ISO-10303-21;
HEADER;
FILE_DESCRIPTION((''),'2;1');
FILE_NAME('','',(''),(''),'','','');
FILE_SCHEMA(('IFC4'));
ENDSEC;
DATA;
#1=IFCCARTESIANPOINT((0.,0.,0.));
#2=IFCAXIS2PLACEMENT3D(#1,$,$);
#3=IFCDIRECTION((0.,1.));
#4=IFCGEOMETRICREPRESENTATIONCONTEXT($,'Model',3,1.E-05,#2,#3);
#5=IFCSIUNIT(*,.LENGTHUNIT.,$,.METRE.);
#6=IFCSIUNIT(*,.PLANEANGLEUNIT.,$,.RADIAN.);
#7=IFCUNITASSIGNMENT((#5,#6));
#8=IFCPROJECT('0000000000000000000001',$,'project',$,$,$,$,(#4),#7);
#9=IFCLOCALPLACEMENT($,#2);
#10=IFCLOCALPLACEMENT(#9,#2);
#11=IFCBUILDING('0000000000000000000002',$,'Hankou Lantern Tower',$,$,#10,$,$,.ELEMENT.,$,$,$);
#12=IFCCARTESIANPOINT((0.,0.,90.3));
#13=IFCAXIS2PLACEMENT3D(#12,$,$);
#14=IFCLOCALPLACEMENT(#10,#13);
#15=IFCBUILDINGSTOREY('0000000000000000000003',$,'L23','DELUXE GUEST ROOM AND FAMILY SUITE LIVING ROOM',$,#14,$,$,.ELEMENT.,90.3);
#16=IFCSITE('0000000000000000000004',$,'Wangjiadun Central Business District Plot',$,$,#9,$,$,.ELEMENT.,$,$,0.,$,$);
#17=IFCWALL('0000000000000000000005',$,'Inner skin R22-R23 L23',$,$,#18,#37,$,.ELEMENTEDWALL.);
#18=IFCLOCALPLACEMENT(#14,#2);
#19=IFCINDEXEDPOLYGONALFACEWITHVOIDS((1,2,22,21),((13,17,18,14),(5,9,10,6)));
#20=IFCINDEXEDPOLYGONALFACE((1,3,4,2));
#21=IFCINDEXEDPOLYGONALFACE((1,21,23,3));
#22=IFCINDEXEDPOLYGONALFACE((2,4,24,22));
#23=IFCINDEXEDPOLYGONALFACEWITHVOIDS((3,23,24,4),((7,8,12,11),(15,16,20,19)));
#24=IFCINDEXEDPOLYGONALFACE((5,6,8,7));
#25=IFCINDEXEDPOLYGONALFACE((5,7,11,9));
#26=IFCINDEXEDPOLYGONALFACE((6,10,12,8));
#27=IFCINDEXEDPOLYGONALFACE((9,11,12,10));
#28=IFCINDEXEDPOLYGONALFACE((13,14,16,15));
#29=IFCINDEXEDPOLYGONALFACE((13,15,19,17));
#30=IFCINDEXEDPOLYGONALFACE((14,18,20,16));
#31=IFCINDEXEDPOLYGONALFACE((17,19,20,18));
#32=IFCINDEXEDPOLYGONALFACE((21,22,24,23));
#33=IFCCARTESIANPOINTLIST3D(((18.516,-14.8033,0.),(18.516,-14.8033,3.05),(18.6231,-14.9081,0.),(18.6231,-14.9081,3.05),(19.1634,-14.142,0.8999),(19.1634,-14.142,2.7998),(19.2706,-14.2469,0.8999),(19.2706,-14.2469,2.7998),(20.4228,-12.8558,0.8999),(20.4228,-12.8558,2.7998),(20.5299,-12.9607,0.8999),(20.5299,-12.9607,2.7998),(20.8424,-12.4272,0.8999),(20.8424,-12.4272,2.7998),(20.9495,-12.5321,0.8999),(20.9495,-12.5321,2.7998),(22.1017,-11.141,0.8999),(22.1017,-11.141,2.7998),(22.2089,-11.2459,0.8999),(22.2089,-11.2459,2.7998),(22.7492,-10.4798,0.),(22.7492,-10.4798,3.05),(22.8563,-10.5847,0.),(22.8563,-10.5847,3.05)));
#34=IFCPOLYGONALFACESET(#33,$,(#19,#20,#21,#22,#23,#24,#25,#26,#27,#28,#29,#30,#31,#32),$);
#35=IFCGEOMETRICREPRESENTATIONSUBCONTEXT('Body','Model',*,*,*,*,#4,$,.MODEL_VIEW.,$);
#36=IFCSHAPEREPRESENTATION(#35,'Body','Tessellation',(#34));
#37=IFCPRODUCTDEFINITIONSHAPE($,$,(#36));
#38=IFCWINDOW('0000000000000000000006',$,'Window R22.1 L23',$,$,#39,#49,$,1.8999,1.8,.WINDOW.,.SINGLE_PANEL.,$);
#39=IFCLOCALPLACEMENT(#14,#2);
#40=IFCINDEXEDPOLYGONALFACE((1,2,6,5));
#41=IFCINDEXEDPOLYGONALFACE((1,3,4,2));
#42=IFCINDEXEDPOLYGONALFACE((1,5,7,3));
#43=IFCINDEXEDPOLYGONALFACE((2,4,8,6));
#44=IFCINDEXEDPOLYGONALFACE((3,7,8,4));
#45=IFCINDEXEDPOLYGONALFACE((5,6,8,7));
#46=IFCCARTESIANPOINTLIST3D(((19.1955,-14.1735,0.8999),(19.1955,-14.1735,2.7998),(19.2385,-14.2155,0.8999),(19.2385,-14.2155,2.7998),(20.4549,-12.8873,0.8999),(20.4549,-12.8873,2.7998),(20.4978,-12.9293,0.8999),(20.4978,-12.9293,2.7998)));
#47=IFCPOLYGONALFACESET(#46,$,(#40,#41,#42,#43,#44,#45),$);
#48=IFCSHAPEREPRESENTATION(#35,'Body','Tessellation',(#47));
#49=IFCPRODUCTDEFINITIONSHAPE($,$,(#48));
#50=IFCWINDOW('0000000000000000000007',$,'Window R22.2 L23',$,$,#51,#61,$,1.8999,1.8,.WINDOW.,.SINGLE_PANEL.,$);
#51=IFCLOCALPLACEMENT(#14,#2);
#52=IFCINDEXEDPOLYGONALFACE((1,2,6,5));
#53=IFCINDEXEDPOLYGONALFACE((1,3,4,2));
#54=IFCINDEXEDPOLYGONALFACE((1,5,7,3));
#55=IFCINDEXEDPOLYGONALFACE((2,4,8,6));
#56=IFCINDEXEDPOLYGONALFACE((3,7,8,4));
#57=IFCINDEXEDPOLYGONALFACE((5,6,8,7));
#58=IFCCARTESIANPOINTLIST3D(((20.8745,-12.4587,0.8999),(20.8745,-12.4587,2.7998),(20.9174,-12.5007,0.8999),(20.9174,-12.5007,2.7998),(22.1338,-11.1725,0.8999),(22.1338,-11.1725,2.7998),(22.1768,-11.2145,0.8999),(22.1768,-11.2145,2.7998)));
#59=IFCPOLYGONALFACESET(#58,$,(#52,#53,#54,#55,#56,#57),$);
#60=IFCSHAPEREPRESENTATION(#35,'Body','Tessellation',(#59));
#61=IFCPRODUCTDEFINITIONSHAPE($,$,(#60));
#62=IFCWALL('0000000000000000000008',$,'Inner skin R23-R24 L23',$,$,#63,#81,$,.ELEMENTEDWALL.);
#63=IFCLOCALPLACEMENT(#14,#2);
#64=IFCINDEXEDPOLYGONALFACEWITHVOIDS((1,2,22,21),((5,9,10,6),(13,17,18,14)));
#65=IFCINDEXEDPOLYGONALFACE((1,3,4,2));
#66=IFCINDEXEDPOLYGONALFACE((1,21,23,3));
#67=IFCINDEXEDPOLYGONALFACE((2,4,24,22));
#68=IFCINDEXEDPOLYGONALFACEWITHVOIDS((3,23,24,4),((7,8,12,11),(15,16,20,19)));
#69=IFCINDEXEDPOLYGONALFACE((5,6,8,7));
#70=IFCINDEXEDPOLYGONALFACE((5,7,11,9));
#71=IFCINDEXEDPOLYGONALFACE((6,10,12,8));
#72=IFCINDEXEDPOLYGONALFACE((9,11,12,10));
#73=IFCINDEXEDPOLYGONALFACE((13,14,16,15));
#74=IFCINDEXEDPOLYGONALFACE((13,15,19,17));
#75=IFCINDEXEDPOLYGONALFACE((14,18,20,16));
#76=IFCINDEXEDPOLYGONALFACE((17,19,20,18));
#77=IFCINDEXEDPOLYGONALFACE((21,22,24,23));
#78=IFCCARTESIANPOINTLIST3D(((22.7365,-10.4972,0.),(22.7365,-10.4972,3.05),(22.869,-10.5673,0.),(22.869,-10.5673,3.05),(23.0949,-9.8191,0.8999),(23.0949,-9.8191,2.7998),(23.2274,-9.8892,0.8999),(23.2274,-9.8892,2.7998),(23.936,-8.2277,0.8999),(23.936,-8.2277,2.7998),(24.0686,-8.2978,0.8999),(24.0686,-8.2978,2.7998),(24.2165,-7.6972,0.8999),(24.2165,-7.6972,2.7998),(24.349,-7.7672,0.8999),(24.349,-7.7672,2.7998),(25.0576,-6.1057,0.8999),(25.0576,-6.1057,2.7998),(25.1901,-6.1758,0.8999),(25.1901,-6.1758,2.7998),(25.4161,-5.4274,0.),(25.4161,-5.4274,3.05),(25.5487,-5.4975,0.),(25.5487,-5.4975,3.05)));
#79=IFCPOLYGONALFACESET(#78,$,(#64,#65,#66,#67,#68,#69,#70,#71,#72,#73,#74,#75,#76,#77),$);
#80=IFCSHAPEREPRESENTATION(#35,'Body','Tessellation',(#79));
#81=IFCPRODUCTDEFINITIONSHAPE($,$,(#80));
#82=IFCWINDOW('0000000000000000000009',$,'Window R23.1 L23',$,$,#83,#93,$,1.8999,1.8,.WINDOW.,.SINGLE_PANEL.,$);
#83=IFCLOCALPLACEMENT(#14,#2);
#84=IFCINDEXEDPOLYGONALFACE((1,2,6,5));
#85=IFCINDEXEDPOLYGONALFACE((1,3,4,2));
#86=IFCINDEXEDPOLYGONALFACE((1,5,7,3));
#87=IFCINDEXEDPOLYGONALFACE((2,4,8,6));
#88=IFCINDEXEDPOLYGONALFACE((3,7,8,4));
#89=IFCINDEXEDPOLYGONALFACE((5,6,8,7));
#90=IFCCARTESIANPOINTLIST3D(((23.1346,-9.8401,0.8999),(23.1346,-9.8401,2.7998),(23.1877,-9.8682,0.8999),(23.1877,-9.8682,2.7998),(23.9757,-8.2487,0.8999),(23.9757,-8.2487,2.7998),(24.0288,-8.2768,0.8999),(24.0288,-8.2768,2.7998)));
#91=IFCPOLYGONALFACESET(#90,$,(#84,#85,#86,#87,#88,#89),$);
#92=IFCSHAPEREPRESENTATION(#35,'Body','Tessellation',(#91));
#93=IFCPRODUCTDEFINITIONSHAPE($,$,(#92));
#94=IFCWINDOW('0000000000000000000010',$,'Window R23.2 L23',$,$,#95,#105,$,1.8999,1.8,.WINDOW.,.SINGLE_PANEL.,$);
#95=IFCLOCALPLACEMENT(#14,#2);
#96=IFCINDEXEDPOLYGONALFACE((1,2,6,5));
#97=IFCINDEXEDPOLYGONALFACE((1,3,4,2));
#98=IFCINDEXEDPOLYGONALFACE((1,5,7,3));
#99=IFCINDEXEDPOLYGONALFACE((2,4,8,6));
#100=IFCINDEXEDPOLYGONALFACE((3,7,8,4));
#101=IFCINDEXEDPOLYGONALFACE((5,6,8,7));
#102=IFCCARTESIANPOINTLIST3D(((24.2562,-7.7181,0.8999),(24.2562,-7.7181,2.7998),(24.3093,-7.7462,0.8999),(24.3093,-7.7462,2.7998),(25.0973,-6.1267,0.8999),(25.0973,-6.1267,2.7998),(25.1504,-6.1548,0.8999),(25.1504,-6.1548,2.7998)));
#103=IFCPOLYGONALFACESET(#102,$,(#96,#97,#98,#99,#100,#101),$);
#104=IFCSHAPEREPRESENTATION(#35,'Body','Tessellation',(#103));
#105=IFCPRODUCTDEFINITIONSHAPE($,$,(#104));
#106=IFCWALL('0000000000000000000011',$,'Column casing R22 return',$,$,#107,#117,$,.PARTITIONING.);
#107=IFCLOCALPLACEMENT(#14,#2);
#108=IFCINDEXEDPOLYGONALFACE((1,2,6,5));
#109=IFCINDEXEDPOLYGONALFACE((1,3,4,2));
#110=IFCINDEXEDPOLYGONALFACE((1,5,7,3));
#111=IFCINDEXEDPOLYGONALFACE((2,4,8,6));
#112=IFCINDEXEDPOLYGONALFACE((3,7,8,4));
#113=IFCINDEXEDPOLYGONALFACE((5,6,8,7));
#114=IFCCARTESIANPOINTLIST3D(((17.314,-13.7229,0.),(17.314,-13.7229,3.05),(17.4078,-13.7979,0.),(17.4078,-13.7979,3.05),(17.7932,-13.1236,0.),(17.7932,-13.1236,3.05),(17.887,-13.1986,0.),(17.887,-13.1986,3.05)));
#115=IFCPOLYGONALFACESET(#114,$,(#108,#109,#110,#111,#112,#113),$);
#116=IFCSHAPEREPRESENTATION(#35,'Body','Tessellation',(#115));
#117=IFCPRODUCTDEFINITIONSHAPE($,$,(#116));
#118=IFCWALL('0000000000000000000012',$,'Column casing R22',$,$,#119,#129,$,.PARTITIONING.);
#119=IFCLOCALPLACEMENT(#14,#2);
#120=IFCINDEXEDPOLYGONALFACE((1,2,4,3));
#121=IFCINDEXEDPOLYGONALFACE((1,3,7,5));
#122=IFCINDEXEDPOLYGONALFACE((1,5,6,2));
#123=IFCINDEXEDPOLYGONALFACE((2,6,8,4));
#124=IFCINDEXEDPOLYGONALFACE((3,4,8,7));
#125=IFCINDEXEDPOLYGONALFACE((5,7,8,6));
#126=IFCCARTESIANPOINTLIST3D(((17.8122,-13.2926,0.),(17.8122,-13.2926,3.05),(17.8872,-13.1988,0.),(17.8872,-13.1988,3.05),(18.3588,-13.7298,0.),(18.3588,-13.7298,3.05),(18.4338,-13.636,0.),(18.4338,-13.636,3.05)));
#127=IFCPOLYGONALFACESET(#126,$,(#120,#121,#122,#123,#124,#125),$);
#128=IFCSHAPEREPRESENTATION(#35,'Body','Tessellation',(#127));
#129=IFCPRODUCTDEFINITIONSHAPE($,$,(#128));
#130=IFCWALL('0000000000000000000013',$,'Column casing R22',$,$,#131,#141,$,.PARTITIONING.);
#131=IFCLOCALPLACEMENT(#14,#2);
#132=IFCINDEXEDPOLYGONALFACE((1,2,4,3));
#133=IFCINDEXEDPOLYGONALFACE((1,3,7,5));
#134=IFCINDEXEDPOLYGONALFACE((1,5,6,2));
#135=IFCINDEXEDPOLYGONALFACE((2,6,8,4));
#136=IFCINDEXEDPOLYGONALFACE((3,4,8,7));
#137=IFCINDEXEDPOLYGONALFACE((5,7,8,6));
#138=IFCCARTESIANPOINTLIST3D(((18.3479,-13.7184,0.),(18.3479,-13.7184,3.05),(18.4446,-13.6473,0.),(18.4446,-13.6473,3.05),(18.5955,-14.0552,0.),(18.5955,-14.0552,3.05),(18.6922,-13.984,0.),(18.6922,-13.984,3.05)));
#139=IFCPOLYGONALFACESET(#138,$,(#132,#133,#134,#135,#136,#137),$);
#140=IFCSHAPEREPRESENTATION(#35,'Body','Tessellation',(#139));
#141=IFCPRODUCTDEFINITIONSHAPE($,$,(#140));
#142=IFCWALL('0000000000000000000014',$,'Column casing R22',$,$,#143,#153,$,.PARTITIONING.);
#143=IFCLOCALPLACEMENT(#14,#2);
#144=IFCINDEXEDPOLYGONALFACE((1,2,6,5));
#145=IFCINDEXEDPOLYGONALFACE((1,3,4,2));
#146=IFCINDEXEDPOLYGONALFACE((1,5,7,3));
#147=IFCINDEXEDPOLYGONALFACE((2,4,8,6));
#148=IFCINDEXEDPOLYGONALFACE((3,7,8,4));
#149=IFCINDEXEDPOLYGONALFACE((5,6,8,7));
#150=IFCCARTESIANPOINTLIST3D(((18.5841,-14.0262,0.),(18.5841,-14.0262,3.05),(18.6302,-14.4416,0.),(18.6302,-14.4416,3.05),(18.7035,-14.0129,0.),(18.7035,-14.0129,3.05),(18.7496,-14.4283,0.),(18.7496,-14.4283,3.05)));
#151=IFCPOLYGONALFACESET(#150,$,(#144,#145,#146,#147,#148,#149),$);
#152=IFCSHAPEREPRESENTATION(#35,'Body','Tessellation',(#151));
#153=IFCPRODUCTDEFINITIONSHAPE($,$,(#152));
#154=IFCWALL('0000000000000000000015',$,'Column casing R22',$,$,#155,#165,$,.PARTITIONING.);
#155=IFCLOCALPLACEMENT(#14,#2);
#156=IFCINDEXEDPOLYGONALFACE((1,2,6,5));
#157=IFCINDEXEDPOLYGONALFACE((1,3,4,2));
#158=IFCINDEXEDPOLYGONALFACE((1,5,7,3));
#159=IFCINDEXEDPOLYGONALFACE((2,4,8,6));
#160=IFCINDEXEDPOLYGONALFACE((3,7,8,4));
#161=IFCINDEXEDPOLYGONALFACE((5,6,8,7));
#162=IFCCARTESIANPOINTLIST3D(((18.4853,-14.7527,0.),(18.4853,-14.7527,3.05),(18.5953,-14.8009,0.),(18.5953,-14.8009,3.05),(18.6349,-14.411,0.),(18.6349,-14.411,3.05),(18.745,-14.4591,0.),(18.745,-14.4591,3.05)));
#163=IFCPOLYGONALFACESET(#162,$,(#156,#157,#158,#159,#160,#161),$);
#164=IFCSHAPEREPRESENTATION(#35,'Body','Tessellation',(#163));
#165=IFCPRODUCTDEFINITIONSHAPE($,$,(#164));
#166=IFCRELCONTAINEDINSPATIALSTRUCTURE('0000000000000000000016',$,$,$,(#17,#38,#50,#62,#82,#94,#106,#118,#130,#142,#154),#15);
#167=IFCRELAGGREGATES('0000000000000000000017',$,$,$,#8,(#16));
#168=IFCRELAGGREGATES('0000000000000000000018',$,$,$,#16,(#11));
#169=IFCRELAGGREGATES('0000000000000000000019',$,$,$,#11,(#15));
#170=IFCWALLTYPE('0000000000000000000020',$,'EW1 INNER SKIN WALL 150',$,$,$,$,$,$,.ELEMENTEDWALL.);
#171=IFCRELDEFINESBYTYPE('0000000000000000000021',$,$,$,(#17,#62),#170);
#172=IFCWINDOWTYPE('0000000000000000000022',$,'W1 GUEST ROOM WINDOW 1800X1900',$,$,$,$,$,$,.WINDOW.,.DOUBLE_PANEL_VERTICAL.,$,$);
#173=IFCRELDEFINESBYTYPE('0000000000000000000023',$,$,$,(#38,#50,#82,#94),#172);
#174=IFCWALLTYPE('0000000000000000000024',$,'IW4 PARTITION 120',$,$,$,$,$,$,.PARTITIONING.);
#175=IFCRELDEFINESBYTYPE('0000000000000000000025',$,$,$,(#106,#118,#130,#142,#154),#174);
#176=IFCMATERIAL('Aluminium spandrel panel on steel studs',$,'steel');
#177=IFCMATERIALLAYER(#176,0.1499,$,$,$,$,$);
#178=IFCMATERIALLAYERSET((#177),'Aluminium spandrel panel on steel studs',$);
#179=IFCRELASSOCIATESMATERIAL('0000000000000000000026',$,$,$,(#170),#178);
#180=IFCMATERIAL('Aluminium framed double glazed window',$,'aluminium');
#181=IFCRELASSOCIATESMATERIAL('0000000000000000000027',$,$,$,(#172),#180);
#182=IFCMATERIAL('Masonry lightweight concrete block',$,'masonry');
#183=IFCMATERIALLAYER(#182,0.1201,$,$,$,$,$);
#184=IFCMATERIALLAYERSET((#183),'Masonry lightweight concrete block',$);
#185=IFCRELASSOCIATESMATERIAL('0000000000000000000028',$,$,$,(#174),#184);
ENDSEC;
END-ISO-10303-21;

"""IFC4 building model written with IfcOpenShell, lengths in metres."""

from ifc_helpers import new_model, si_unit, direction, frame, frame_2d, origin, place, context, subcontext, project, spatial, rectangle, extrude, material, layer, layer_set, type_object, element, fill, save


model = new_model("IFC4")

# Units and contexts
model_context = context("Model", 3, precision=1e-05, world=origin(), true_north=direction((0.0, 1.0)))
body_context = subcontext(model_context, "Body", "Model", "MODEL_VIEW")
ifc_project = project(units=[si_unit("LENGTHUNIT", "METRE"), si_unit("PLANEANGLEUNIT", "RADIAN")], contexts=[model_context])

# Site, building, storey
site_placement = place(None, origin())
site = spatial("IfcSite", under=ifc_project, at=site_placement, Name="Wangjiadun Central Business District Plot", CompositionType="ELEMENT", RefElevation=0.0)
building_placement = place(site_placement, origin())
building = spatial("IfcBuilding", under=site, at=building_placement, Name="Hankou Lantern Tower", CompositionType="ELEMENT")
storey_placement = place(building_placement, frame((0.0, 0.0, 90.3)))
storey = spatial("IfcBuildingStorey", under=building, at=storey_placement, Name="L23", Description="DELUXE GUEST ROOM AND FAMILY SUITE LIVING ROOM", CompositionType="ELEMENT", Elevation=90.3)

# Walls, openings, windows
ifc_material_1 = material(Name="Aluminium spandrel panel on steel studs", Category="steel")
ifc_layer_1 = layer(ifc_material_1, 0.1499)
ifc_layer_set_1 = layer_set([ifc_layer_1], Name="Aluminium spandrel panel on steel studs")
wall_type_1 = type_object("IfcWallType", Name="EW1 INNER SKIN WALL 150", PredefinedType="ELEMENTEDWALL", material=ifc_layer_set_1)
wall_1_placement = place(storey_placement, frame((18.5696, -14.8557, 0.0), z_axis=(0.0, 0.0, 1.0), x_axis=(0.699603, 0.714532, 0.0)))
wall_1 = element("IfcWall", 1, at=wall_1_placement, inside=storey, type_object=wall_type_1, Name="Inner skin R22-R23 L23", PredefinedType="ELEMENTEDWALL", context=body_context, shape_type="SweptSolid", body=[
    extrude(rectangle(XDim=6.0508, YDim=0.1499, at=frame_2d((3.0254, 0.0))), origin(), (0.0, 0.0, 1.0), 3.05),
])
opening_1_placement = place(wall_1_placement, frame((0.9255, 0.0, 0.8999)))
opening_1 = element("IfcOpeningElement", 2, at=opening_1_placement, cuts=wall_1, PredefinedType="OPENING", context=body_context, shape_type="SweptSolid", body=[
    extrude(rectangle(XDim=1.8, YDim=1.8999, at=frame_2d((0.8999, 0.95))), frame((0.0, 0.085, 0.0), z_axis=(0.0, -1.0, 0.0), x_axis=(1.0, 0.0, 0.0)), (0.0, 0.0, 1.0), 0.1699),
])
opening_2_placement = place(wall_1_placement, frame((3.3254, 0.0, 0.8999)))
opening_2 = element("IfcOpeningElement", 3, at=opening_2_placement, cuts=wall_1, PredefinedType="OPENING", context=body_context, shape_type="SweptSolid", body=[
    extrude(rectangle(XDim=1.8, YDim=1.8999, at=frame_2d((0.8999, 0.95))), frame((0.0, 0.085, 0.0), z_axis=(0.0, -1.0, 0.0), x_axis=(1.0, 0.0, 0.0)), (0.0, 0.0, 1.0), 0.1699),
])
ifc_material_2 = material(Name="Aluminium framed double glazed window", Category="aluminium")
window_type = type_object("IfcWindowType", Name="W1 GUEST ROOM WINDOW 1800X1900", PartitioningType="DOUBLE_PANEL_VERTICAL", PredefinedType="WINDOW", material=ifc_material_2)
window_1_placement = place(opening_1_placement, origin())
window_1 = element("IfcWindow", 4, at=window_1_placement, inside=storey, type_object=window_type, Name="Window R22.1 L23", OverallHeight=1.8999, OverallWidth=1.8, PartitioningType="SINGLE_PANEL", PredefinedType="WINDOW", context=body_context, shape_type="SweptSolid", body=[
    extrude(rectangle(XDim=1.8, YDim=1.8999, at=frame_2d((0.8999, 0.95))), frame((0.0, 0.03, 0.0), z_axis=(0.0, -1.0, 0.0), x_axis=(1.0, 0.0, 0.0)), (0.0, 0.0, 1.0), 0.0601),
])
fill(opening_1, window_1)
window_2_placement = place(opening_2_placement, origin())
window_2 = element("IfcWindow", 5, at=window_2_placement, inside=storey, type_object=window_type, Name="Window R22.2 L23", OverallHeight=1.8999, OverallWidth=1.8, PartitioningType="SINGLE_PANEL", PredefinedType="WINDOW", context=body_context, shape_type="SweptSolid", body=[
    extrude(rectangle(XDim=1.8, YDim=1.8999, at=frame_2d((0.8999, 0.95))), frame((0.0, 0.03, 0.0), z_axis=(0.0, -1.0, 0.0), x_axis=(1.0, 0.0, 0.0)), (0.0, 0.0, 1.0), 0.0601),
])
fill(opening_2, window_2)
wall_2_placement = place(storey_placement, frame((22.8027, -10.5322, 0.0), z_axis=(0.0, 0.0, 1.0), x_axis=(0.467297, 0.8841, 0.0)))
wall_2 = element("IfcWall", 6, at=wall_2_placement, inside=storey, type_object=wall_type_1, Name="Inner skin R23-R24 L23", PredefinedType="ELEMENTEDWALL", context=body_context, shape_type="SweptSolid", body=[
    extrude(rectangle(XDim=5.7344, YDim=0.1499, at=frame_2d((2.8672, 0.0))), origin(), (0.0, 0.0, 1.0), 3.05),
])
opening_3_placement = place(wall_2_placement, frame((0.7671, 0.0, 0.8999)))
opening_3 = element("IfcOpeningElement", 7, at=opening_3_placement, cuts=wall_2, PredefinedType="OPENING", context=body_context, shape_type="SweptSolid", body=[
    extrude(rectangle(XDim=1.8, YDim=1.8999, at=frame_2d((0.8999, 0.95))), frame((0.0, 0.085, 0.0), z_axis=(0.0, -1.0, 0.0), x_axis=(1.0, 0.0, 0.0)), (0.0, 0.0, 1.0), 0.1699),
])
opening_4_placement = place(wall_2_placement, frame((3.1672, 0.0, 0.8999)))
opening_4 = element("IfcOpeningElement", 8, at=opening_4_placement, cuts=wall_2, PredefinedType="OPENING", context=body_context, shape_type="SweptSolid", body=[
    extrude(rectangle(XDim=1.8, YDim=1.8999, at=frame_2d((0.8999, 0.95))), frame((0.0, 0.085, 0.0), z_axis=(0.0, -1.0, 0.0), x_axis=(1.0, 0.0, 0.0)), (0.0, 0.0, 1.0), 0.1699),
])
window_3_placement = place(opening_3_placement, origin())
window_3 = element("IfcWindow", 9, at=window_3_placement, inside=storey, type_object=window_type, Name="Window R23.1 L23", OverallHeight=1.8999, OverallWidth=1.8, PartitioningType="SINGLE_PANEL", PredefinedType="WINDOW", context=body_context, shape_type="SweptSolid", body=[
    extrude(rectangle(XDim=1.8, YDim=1.8999, at=frame_2d((0.8999, 0.95))), frame((0.0, 0.03, 0.0), z_axis=(0.0, -1.0, 0.0), x_axis=(1.0, 0.0, 0.0)), (0.0, 0.0, 1.0), 0.0601),
])
fill(opening_3, window_3)
window_4_placement = place(opening_4_placement, origin())
window_4 = element("IfcWindow", 10, at=window_4_placement, inside=storey, type_object=window_type, Name="Window R23.2 L23", OverallHeight=1.8999, OverallWidth=1.8, PartitioningType="SINGLE_PANEL", PredefinedType="WINDOW", context=body_context, shape_type="SweptSolid", body=[
    extrude(rectangle(XDim=1.8, YDim=1.8999, at=frame_2d((0.8999, 0.95))), frame((0.0, 0.03, 0.0), z_axis=(0.0, -1.0, 0.0), x_axis=(1.0, 0.0, 0.0)), (0.0, 0.0, 1.0), 0.0601),
])
fill(opening_4, window_4)

# Walls
ifc_material_3 = material(Name="Masonry lightweight concrete block", Category="masonry")
ifc_layer_2 = layer(ifc_material_3, 0.1201)
ifc_layer_set_2 = layer_set([ifc_layer_2], Name="Masonry lightweight concrete block")
wall_type_2 = type_object("IfcWallType", Name="IW4 PARTITION 120", PredefinedType="PARTITIONING", material=ifc_layer_set_2)
wall_3_placement = place(storey_placement, frame((17.3608, -13.7605, 0.0), z_axis=(0.0, 0.0, 1.0), x_axis=(0.624501, 0.781024, 0.0)))
element("IfcWall", 11, at=wall_3_placement, inside=storey, type_object=wall_type_2, Name="Column casing R22 return", PredefinedType="PARTITIONING", context=body_context, shape_type="SweptSolid", body=[
    extrude(rectangle(XDim=0.7673, YDim=0.1201, at=frame_2d((0.3838, 0.0))), origin(), (0.0, 0.0, 1.0), 3.05),
])
wall_4_placement = place(storey_placement, frame((17.8496, -13.2456, 0.0), z_axis=(0.0, 0.0, 1.0), x_axis=(0.780903, -0.624653, 0.0)))
element("IfcWall", 12, at=wall_4_placement, inside=storey, type_object=wall_type_2, Name="Column casing R22", PredefinedType="PARTITIONING", context=body_context, shape_type="SweptSolid", body=[
    extrude(rectangle(XDim=0.7, YDim=0.1201, at=frame_2d((0.3501, 0.0))), origin(), (0.0, 0.0, 1.0), 3.05),
])
for number, where, z_axis, x_axis, name in (
    (13, (18.3962, -13.6829, 0.0), (0.0, 0.0, 1.0), (0.592402, -0.805643, 0.0), "Column casing R22"),
    (14, (18.6438, -14.0195, 0.0), (0.0, 0.0, 1.0), (0.110367, -0.993891, 0.0), "Column casing R22"),
):
    element("IfcWall", number, at=place(storey_placement, frame(where, z_axis=z_axis, x_axis=x_axis)), inside=storey, type_object=wall_type_2, Name=name, PredefinedType="PARTITIONING", context=body_context, shape_type="SweptSolid", body=[
        extrude(rectangle(XDim=0.418, YDim=0.1201, at=frame_2d((0.209, 0.0))), origin(), (0.0, 0.0, 1.0), 3.05),
    ])
wall_5_placement = place(storey_placement, frame((18.6899, -14.4351, 0.0), z_axis=(0.0, 0.0, 1.0), x_axis=(-0.401093, -0.916037, 0.0)))
element("IfcWall", 15, at=wall_5_placement, inside=storey, type_object=wall_type_2, Name="Column casing R22", PredefinedType="PARTITIONING", context=body_context, shape_type="SweptSolid", body=[
    extrude(rectangle(XDim=0.373, YDim=0.1201, at=frame_2d((0.1865, 0.0))), origin(), (0.0, 0.0, 1.0), 3.05),
])

save(model, "model.ifc")
